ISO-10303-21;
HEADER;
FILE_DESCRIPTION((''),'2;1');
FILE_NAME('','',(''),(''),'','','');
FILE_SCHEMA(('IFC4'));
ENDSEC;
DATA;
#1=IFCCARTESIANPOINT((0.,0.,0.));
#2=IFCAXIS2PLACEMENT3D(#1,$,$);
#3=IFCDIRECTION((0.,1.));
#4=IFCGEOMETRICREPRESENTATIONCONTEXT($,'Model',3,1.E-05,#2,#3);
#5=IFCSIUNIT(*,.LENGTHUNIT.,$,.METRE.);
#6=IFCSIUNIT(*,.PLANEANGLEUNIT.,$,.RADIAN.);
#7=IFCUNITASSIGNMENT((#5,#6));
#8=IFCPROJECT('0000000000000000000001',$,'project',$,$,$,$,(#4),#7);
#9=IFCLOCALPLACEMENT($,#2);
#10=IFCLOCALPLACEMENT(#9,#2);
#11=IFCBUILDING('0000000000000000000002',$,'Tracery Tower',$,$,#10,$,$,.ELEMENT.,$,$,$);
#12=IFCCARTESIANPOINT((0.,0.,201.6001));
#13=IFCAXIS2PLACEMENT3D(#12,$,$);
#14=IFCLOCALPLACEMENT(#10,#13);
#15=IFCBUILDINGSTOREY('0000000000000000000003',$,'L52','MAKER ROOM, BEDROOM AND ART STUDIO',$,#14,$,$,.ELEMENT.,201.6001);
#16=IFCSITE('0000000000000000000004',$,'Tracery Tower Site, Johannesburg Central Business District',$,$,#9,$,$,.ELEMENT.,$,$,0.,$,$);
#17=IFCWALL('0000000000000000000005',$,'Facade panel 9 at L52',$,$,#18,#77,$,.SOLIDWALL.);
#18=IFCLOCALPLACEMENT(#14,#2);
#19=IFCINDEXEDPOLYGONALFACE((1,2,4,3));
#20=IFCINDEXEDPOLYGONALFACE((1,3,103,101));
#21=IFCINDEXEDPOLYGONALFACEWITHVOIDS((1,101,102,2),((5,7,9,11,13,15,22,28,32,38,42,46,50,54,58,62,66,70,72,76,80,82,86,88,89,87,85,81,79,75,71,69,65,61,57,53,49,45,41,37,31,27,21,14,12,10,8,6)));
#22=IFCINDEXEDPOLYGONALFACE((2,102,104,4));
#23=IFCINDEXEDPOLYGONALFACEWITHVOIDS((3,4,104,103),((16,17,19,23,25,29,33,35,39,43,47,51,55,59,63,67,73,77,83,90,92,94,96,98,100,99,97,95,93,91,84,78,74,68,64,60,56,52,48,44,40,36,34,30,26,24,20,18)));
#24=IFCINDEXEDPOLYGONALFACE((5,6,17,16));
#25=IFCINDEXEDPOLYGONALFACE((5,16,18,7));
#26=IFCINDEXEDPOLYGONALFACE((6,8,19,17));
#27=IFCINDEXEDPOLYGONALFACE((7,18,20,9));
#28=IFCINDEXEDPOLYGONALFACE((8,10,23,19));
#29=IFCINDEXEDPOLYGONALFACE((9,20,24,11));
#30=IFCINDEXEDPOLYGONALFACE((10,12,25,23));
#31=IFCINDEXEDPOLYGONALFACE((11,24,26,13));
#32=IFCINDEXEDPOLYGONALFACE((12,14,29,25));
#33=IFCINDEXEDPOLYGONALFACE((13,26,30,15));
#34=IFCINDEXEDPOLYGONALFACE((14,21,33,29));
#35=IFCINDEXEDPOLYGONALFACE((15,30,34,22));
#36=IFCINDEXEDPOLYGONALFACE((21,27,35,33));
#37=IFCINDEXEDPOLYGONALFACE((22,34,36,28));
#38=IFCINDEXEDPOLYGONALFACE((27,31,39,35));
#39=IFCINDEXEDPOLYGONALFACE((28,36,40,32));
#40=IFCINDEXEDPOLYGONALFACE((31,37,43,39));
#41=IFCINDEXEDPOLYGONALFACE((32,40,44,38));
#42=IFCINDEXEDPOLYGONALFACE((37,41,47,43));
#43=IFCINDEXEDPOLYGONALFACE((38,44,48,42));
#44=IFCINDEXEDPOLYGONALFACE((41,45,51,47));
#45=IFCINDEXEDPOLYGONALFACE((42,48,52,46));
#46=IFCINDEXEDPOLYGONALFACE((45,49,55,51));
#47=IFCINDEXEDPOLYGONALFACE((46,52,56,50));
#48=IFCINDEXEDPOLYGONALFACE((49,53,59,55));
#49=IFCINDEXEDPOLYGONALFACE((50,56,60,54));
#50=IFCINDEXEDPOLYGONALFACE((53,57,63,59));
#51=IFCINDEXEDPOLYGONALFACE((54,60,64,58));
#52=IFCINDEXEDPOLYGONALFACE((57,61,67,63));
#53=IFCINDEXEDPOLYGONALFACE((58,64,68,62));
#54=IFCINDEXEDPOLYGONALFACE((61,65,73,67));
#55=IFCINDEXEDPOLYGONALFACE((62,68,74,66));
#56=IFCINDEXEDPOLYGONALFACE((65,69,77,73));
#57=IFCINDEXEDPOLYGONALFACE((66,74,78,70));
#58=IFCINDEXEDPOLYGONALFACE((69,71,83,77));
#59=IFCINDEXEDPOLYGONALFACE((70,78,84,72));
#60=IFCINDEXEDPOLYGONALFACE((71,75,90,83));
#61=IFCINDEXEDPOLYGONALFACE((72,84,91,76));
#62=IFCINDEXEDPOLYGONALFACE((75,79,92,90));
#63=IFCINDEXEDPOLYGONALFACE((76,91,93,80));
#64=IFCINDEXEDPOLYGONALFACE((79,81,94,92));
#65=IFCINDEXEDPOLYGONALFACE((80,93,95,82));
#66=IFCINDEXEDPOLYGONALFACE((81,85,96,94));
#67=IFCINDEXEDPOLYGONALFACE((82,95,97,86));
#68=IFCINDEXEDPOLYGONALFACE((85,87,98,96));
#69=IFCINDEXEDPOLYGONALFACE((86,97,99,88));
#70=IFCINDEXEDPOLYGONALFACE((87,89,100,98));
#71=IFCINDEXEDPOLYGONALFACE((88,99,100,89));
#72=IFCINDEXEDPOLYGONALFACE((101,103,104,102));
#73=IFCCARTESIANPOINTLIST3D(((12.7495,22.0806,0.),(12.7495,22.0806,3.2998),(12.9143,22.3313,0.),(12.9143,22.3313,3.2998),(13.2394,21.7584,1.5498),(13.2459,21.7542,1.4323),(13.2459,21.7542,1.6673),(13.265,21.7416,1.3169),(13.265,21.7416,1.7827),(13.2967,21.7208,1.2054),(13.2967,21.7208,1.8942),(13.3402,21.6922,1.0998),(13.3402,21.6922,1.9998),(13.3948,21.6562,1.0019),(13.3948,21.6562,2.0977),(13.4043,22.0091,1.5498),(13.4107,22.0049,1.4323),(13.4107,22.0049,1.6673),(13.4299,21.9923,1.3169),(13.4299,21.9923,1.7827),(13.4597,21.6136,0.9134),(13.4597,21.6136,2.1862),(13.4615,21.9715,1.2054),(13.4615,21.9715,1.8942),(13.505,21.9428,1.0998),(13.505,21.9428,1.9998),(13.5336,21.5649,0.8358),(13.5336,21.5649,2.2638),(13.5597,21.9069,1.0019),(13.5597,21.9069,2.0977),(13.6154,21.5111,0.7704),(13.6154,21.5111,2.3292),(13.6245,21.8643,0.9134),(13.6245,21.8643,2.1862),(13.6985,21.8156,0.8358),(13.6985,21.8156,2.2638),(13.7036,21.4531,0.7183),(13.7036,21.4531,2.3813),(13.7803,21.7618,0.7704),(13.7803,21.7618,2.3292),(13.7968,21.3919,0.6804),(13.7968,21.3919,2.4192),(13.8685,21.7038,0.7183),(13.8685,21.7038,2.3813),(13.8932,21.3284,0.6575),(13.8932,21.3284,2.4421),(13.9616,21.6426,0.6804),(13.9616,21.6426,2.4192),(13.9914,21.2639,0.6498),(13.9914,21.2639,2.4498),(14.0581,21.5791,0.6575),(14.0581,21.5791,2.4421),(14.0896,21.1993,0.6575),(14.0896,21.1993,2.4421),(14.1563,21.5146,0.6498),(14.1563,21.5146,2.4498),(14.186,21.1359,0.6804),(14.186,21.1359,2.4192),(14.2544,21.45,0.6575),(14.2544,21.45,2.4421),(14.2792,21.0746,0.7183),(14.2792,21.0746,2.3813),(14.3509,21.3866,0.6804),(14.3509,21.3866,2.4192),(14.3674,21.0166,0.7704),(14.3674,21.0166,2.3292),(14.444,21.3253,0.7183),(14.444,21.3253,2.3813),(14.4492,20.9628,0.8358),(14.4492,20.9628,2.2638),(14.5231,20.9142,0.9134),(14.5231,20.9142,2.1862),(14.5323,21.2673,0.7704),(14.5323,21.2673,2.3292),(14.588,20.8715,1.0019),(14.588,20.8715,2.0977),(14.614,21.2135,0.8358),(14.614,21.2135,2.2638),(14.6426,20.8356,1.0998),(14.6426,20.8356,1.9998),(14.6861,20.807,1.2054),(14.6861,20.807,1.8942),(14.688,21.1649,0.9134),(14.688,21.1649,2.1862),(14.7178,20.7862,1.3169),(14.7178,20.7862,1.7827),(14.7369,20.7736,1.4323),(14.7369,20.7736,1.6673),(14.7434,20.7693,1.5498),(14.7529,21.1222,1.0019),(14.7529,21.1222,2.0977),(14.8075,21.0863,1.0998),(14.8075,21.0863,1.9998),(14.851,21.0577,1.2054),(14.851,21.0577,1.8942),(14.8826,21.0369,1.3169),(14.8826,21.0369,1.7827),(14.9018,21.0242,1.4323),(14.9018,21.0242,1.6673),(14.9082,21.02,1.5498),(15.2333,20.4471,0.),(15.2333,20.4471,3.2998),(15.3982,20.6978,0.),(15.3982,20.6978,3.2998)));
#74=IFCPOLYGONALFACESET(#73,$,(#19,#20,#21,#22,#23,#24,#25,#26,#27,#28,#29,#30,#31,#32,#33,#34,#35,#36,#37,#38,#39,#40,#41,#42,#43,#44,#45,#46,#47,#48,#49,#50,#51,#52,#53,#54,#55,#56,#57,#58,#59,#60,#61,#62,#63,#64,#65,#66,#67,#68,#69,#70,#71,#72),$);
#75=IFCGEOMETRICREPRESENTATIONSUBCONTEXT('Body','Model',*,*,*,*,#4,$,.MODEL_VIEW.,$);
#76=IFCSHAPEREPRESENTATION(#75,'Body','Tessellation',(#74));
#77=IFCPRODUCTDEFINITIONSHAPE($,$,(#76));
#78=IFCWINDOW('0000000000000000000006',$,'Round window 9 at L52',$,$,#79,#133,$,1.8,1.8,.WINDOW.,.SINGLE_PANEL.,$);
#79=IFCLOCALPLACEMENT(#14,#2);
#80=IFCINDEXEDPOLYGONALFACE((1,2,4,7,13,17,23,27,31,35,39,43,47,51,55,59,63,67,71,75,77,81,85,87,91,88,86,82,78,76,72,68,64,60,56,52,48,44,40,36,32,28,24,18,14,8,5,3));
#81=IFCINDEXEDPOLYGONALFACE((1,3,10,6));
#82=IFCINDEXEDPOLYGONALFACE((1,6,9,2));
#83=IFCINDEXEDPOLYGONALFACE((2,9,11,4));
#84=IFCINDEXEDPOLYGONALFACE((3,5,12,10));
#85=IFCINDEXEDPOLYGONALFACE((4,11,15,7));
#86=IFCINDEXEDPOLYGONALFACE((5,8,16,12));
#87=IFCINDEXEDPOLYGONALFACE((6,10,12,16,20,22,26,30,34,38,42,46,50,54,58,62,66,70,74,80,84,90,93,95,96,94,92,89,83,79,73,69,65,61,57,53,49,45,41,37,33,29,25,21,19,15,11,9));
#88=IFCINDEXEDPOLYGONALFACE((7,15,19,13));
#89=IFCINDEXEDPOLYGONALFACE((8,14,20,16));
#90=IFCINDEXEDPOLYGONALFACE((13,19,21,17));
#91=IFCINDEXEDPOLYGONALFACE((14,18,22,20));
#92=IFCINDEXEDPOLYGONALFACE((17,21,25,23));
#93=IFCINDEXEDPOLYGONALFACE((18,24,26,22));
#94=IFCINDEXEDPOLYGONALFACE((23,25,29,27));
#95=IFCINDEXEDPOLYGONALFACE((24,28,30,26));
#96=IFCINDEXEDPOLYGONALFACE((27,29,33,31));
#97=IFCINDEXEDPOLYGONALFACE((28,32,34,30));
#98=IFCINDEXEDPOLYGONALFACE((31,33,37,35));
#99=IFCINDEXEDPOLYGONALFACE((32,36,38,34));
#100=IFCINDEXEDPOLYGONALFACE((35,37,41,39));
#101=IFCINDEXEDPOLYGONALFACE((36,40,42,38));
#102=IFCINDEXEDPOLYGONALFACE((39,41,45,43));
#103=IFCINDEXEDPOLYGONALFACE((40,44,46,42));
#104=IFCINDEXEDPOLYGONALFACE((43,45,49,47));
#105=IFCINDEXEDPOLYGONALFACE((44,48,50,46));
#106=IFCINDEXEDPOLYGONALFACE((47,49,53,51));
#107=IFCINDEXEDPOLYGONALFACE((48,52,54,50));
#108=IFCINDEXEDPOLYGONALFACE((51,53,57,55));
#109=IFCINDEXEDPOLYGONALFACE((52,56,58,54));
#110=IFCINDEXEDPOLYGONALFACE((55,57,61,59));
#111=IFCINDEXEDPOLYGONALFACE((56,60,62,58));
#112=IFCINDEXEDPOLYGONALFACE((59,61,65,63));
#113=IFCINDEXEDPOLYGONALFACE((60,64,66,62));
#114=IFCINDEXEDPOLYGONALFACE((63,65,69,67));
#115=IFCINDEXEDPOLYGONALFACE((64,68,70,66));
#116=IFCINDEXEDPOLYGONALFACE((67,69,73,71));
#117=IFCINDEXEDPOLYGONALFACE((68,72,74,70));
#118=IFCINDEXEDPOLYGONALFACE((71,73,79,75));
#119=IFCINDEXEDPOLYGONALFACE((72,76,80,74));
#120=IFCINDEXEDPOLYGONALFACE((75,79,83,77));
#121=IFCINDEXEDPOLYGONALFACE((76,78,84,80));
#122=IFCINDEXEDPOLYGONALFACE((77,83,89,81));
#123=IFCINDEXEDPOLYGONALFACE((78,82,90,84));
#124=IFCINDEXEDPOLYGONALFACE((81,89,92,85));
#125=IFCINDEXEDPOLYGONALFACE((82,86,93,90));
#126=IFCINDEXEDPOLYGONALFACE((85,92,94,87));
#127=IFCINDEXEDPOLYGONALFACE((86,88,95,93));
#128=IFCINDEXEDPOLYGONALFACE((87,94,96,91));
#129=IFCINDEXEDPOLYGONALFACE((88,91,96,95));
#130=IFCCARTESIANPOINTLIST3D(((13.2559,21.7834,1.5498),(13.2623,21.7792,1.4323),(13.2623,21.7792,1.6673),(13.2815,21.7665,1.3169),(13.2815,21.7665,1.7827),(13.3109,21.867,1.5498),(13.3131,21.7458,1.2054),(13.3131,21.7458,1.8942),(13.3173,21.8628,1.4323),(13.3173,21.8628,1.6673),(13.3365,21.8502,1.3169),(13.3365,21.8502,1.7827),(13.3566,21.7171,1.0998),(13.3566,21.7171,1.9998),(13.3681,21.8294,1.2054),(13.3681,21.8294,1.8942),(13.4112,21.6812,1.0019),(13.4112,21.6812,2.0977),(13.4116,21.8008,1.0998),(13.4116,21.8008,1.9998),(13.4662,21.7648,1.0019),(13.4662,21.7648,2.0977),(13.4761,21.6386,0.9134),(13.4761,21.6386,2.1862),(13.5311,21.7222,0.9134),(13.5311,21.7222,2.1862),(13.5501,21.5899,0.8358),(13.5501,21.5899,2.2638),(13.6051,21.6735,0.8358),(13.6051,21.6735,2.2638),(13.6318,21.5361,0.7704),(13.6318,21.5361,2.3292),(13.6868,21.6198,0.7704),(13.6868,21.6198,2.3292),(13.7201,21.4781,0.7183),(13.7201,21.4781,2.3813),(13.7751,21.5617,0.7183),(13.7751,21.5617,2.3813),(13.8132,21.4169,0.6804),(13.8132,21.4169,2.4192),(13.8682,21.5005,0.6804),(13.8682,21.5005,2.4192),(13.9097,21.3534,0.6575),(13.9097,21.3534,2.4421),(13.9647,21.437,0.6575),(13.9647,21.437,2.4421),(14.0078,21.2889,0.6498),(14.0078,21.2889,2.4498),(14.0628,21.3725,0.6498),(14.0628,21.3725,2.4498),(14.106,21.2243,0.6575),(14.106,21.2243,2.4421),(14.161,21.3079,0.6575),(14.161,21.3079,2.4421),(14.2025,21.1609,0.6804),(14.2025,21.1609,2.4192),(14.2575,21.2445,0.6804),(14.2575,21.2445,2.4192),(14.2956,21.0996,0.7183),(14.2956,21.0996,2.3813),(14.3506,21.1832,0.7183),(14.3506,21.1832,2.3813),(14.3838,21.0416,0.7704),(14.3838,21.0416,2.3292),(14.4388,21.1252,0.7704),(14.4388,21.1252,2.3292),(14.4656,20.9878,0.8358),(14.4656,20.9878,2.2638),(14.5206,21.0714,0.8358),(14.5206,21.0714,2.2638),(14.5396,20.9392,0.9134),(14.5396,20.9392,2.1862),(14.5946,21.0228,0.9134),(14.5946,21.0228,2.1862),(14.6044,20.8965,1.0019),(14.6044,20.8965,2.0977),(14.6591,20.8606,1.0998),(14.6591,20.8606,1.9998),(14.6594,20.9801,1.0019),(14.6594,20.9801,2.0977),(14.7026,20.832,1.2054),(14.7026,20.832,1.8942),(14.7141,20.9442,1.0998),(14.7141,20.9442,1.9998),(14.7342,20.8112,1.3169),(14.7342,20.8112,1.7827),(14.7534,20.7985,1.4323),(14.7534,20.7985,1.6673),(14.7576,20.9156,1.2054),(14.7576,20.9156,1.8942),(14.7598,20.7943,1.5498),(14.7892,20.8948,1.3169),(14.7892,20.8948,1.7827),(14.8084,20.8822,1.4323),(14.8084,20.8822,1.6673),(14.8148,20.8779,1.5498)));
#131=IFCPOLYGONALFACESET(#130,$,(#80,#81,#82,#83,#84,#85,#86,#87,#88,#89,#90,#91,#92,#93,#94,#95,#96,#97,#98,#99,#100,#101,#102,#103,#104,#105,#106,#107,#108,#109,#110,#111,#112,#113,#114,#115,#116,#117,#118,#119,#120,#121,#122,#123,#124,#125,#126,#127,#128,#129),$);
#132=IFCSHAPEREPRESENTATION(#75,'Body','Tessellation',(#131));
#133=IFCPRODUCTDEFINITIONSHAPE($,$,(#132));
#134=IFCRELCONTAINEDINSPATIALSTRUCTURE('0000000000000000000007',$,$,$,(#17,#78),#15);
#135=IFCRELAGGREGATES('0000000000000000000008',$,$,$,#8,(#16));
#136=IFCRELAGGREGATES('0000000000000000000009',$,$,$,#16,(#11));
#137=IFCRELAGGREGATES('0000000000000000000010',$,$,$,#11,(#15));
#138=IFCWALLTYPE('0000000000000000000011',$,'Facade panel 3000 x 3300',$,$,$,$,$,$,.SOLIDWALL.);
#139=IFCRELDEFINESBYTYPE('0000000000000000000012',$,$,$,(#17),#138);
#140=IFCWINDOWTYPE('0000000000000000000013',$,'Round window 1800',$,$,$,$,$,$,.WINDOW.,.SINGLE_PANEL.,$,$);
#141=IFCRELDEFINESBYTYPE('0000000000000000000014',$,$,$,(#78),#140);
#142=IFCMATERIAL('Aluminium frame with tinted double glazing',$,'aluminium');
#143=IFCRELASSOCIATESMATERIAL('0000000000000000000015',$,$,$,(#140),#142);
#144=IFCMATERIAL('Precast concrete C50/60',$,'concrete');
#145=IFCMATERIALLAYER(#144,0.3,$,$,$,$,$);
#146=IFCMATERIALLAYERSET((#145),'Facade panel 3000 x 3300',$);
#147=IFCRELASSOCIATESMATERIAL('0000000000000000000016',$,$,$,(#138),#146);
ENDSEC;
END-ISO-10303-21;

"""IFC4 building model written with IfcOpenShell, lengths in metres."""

from ifc_helpers import new_model, si_unit, direction, frame, frame_2d, origin, origin_2d, place, context, subcontext, project, spatial, rectangle, circle, extrude, material, layer, layer_set, type_object, element, fill, save


model = new_model("IFC4")

# Units and contexts
model_context = context("Model", 3, precision=1e-05, world=origin(), true_north=direction((0.0, 1.0)))
body_context = subcontext(model_context, "Body", "Model", "MODEL_VIEW")
ifc_project = project(units=[si_unit("LENGTHUNIT", "METRE"), si_unit("PLANEANGLEUNIT", "RADIAN")], contexts=[model_context])

# Site, building, storey
site_placement = place(None, origin())
site = spatial("IfcSite", under=ifc_project, at=site_placement, Name="Tracery Tower Site, Johannesburg Central Business District", CompositionType="ELEMENT", RefElevation=0.0)
building_placement = place(site_placement, origin())
building = spatial("IfcBuilding", under=site, at=building_placement, Name="Tracery Tower", CompositionType="ELEMENT")
storey_placement = place(building_placement, frame((0.0, 0.0, 201.6001)))
storey = spatial("IfcBuildingStorey", under=building, at=storey_placement, Name="L52", Description="MAKER ROOM, BEDROOM AND ART STUDIO", CompositionType="ELEMENT", Elevation=201.6001)

# Wall, opening, window
ifc_material_1 = material(Name="Aluminium frame with tinted double glazing", Category="aluminium")
window_type = type_object("IfcWindowType", Name="Round window 1800", PartitioningType="SINGLE_PANEL", PredefinedType="WINDOW", material=ifc_material_1)
ifc_material_2 = material(Name="Precast concrete C50/60", Category="concrete")
ifc_layer_1 = layer(ifc_material_2, 0.3)
ifc_layer_set_1 = layer_set([ifc_layer_1], Name="Facade panel 3000 x 3300")
wall_type_1 = type_object("IfcWallType", Name="Facade panel 3000 x 3300", PredefinedType="SOLIDWALL", material=ifc_layer_set_1)
wall_1_placement = place(storey_placement, frame((15.3157, 20.5725, 0.0), z_axis=(0.0, 0.0, 1.0), x_axis=(-0.835508, 0.549478, 0.0)))
wall_1 = element("IfcWall", 1, at=wall_1_placement, inside=storey, type_object=wall_type_1, Name="Facade panel 9 at L52", PredefinedType="SOLIDWALL", context=body_context, shape_type="SweptSolid", body=[
    extrude(rectangle(XDim=2.9729, YDim=0.3, at=frame_2d((1.4863, 0.0))), origin(), (0.0, 0.0, 1.0), 3.2998),
])
opening_1_placement = place(wall_1_placement, frame((1.4863, 0.0, 1.5498)))
opening_1 = element("IfcOpeningElement", 2, at=opening_1_placement, cuts=wall_1, PredefinedType="OPENING", context=body_context, shape_type="SweptSolid", body=[
    extrude(circle(Radius=0.9, at=origin_2d()), frame((0.0, 0.1599, 0.0), z_axis=(0.0, -1.0, 0.0), x_axis=(1.0, 0.0, 0.0)), (0.0, 0.0, 1.0), 0.3201),
])
window_1_placement = place(opening_1_placement, origin())
window_1 = element("IfcWindow", 3, at=window_1_placement, inside=storey, type_object=window_type, Name="Round window 9 at L52", OverallHeight=1.8, OverallWidth=1.8, PartitioningType="SINGLE_PANEL", PredefinedType="WINDOW", context=body_context, shape_type="SweptSolid", body=[
    extrude(circle(Radius=0.9, at=origin_2d()), frame((0.0, 0.1201, 0.0), z_axis=(0.0, -1.0, 0.0), x_axis=(1.0, 0.0, 0.0)), (0.0, 0.0, 1.0), 0.1001),
])
fill(opening_1, window_1)

save(model, "model.ifc")
